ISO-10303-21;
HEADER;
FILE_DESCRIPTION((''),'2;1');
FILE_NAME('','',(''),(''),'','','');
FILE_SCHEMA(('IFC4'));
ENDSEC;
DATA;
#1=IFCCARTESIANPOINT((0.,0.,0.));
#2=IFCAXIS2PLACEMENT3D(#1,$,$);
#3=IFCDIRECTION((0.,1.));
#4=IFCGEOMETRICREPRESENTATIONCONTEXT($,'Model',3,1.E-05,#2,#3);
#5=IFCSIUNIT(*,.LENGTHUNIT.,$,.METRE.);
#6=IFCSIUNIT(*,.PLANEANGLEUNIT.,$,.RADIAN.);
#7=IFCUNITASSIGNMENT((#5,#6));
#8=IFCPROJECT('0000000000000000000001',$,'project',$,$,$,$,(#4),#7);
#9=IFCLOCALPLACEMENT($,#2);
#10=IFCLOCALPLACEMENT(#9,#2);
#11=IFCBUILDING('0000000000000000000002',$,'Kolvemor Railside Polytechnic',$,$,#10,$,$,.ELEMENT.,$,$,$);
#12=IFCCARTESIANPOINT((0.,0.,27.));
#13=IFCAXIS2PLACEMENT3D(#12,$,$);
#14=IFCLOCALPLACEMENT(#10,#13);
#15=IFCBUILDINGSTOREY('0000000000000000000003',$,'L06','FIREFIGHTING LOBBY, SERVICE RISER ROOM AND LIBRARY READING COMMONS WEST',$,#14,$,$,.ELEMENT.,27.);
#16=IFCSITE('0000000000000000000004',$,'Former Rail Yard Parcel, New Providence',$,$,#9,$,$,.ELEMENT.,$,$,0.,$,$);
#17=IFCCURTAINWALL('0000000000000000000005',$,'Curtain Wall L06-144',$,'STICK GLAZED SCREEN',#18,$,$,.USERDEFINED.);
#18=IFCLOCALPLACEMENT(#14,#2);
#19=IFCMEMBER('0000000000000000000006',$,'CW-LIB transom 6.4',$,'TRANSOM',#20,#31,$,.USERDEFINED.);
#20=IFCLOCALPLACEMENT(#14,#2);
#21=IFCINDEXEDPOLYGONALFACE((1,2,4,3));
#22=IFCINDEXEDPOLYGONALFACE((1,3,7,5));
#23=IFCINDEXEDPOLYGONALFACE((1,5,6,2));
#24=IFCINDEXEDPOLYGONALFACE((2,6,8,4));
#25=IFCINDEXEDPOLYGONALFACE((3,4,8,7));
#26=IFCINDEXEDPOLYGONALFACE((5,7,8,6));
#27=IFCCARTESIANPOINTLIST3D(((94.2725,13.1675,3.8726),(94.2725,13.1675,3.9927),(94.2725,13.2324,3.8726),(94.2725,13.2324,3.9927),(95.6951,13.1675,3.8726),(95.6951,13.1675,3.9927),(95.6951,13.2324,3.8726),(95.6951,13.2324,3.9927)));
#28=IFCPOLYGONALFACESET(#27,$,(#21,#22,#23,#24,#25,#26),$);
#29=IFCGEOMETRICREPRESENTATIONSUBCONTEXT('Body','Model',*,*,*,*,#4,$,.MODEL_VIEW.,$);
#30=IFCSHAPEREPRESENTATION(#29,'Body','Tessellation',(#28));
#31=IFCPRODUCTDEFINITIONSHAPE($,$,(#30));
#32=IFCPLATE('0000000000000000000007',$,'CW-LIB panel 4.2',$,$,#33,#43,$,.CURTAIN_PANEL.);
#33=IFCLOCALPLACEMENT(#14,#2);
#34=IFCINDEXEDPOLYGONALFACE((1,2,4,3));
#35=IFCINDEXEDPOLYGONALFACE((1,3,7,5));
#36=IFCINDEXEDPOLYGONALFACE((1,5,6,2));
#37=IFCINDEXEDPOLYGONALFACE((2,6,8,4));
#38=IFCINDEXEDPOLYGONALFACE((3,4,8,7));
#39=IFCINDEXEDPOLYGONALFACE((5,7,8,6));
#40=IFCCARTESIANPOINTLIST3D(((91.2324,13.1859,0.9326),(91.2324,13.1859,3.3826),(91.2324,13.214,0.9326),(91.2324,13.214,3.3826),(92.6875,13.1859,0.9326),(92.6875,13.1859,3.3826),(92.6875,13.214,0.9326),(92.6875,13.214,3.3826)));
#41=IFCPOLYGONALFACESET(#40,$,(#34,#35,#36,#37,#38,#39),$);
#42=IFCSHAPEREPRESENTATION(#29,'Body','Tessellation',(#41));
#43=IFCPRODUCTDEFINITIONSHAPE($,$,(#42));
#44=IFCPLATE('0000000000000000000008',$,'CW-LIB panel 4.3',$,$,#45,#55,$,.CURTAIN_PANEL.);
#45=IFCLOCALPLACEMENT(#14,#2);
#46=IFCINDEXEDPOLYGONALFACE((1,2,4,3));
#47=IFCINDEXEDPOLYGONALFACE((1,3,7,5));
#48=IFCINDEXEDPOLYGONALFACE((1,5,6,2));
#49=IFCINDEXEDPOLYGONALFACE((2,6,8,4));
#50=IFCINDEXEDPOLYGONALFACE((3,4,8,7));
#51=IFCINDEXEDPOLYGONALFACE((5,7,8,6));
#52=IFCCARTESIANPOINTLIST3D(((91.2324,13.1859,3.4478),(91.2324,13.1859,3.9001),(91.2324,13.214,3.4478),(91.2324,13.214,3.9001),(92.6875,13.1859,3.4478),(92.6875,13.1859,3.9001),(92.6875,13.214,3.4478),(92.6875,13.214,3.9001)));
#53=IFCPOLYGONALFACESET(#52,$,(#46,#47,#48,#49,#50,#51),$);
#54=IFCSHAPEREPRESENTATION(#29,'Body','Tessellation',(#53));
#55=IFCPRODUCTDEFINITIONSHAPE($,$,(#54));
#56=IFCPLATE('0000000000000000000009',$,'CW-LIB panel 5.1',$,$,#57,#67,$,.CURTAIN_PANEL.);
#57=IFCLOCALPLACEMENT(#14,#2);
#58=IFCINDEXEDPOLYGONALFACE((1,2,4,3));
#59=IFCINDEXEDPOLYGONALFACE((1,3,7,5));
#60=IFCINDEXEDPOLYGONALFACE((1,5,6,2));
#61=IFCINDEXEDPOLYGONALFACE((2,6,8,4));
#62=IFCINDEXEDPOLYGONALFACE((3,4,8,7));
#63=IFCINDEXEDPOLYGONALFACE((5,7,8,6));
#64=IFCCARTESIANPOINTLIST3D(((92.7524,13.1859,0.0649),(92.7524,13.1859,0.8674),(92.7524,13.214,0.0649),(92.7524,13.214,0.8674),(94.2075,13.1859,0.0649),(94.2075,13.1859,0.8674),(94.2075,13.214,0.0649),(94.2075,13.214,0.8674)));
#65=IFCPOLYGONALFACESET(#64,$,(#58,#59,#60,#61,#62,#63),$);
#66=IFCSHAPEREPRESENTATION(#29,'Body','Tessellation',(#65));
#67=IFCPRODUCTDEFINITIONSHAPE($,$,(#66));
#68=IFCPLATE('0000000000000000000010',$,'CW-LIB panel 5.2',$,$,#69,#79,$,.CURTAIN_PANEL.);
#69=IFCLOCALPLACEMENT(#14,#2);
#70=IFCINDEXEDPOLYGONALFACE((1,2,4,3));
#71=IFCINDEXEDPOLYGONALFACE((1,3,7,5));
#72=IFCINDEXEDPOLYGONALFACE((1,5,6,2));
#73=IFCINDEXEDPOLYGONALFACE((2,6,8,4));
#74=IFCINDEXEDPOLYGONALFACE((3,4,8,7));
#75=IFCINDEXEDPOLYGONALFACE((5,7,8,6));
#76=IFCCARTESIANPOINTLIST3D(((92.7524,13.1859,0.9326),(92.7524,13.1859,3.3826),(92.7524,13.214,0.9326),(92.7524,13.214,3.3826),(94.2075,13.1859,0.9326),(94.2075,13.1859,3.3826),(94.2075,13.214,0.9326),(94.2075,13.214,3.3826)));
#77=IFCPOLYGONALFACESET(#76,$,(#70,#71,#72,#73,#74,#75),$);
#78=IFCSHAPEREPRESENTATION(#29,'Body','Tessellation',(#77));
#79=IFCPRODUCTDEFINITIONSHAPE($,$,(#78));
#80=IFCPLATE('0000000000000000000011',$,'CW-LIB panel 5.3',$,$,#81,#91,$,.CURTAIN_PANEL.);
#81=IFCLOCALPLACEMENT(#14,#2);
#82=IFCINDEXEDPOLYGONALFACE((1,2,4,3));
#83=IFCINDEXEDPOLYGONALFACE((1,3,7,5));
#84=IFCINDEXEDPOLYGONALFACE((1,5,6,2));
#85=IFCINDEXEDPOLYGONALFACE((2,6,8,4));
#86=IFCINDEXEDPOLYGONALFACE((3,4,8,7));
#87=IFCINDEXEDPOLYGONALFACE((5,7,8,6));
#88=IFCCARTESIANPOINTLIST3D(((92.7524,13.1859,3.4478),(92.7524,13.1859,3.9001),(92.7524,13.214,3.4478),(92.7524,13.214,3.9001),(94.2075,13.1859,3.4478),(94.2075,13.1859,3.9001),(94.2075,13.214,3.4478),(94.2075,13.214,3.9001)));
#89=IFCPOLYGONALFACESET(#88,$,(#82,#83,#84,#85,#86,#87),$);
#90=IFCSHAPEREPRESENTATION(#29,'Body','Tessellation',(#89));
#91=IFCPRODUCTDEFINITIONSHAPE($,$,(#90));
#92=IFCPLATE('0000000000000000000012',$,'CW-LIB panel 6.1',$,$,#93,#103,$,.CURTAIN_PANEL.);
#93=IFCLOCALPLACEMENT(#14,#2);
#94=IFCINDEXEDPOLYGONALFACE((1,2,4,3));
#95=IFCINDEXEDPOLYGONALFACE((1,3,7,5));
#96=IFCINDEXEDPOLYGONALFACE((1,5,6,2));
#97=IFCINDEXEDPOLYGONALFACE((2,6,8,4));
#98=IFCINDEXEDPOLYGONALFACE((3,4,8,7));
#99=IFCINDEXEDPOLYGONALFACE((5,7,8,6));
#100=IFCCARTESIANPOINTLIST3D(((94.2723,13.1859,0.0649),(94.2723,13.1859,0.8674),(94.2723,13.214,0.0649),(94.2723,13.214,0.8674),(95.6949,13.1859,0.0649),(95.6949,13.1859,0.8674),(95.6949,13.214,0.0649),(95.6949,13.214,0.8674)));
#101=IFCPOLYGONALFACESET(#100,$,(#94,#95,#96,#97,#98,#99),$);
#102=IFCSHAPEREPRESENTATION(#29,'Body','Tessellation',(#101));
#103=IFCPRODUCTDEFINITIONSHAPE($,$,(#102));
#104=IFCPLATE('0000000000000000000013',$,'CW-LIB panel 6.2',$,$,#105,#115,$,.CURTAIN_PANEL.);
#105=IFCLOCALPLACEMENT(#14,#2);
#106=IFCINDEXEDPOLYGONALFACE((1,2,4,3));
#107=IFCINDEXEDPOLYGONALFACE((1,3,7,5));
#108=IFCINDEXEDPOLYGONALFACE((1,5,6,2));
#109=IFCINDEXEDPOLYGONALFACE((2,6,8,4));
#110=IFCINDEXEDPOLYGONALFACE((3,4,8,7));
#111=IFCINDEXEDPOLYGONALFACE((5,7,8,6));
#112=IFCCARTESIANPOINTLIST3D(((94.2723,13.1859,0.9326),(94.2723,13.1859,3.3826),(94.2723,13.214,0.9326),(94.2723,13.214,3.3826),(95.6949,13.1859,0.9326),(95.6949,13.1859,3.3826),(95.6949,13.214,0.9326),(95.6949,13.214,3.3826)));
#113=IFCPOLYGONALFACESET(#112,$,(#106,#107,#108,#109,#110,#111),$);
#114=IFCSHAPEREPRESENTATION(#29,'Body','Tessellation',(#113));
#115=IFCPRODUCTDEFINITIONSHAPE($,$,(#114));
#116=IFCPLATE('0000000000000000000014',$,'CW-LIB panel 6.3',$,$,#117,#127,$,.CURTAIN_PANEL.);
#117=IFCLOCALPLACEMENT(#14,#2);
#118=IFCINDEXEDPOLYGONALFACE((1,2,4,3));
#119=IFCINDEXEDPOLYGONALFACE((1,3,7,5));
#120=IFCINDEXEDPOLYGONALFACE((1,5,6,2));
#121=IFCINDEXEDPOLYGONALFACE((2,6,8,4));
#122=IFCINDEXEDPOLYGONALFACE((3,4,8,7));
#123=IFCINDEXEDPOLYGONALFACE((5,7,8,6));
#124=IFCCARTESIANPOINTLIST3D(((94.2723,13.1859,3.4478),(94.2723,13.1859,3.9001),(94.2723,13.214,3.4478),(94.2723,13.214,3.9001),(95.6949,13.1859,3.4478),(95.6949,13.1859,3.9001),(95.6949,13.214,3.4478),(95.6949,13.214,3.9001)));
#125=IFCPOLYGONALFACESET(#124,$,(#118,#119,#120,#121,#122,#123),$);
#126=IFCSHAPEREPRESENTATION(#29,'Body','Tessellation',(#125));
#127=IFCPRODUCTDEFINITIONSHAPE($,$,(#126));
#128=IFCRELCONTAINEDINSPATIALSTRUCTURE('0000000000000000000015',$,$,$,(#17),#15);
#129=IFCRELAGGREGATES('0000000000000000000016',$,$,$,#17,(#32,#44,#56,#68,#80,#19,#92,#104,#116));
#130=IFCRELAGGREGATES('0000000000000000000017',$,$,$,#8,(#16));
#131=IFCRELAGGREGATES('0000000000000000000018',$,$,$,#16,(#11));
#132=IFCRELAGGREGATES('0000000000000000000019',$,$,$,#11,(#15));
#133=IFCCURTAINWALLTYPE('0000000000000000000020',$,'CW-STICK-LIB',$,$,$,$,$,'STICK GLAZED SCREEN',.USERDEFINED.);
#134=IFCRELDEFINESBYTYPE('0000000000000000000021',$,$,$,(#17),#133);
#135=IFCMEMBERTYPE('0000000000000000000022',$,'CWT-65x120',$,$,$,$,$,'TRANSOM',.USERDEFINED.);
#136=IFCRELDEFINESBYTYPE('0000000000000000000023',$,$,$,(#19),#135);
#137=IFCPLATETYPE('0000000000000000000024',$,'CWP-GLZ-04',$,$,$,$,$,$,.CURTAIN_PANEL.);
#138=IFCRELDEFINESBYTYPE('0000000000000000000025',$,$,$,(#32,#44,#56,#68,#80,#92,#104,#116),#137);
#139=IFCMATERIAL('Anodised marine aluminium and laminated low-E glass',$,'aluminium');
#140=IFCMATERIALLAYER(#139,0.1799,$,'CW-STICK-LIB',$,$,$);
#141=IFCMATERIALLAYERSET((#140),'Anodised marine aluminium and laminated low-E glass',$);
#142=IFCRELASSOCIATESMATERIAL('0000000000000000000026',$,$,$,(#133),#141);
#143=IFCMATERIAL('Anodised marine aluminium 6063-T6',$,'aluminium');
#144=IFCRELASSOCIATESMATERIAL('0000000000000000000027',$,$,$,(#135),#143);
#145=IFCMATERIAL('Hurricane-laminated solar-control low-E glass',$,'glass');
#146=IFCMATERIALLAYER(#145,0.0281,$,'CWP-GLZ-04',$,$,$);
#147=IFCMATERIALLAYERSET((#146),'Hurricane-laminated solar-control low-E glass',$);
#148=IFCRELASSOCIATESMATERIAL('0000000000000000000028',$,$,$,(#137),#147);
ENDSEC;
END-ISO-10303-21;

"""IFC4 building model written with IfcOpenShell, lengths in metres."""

from ifc_helpers import new_model, si_unit, direction, frame, origin, origin_2d, place, context, subcontext, project, spatial, rectangle, extrude, material, layer, layer_set, material_profile, profile_set, type_object, element, aggregate, save


model = new_model("IFC4")

# Units and contexts
model_context = context("Model", 3, precision=1e-05, world=origin(), true_north=direction((0.0, 1.0)))
body_context = subcontext(model_context, "Body", "Model", "MODEL_VIEW")
ifc_project = project(units=[si_unit("LENGTHUNIT", "METRE"), si_unit("PLANEANGLEUNIT", "RADIAN")], contexts=[model_context])

# Site, building, storey
site_placement = place(None, origin())
site = spatial("IfcSite", under=ifc_project, at=site_placement, Name="Former Rail Yard Parcel, New Providence", CompositionType="ELEMENT", RefElevation=0.0)
building_placement = place(site_placement, origin())
building = spatial("IfcBuilding", under=site, at=building_placement, Name="Kolvemor Railside Polytechnic", CompositionType="ELEMENT")
storey_placement = place(building_placement, frame((0.0, 0.0, 27.0)))
storey = spatial("IfcBuildingStorey", under=building, at=storey_placement, Name="L06", Description="FIREFIGHTING LOBBY, SERVICE RISER ROOM AND LIBRARY READING COMMONS WEST", CompositionType="ELEMENT", Elevation=27.0)

# Curtain wall, member, plates
ifc_material_1 = material(Name="Anodised marine aluminium and laminated low-E glass", Category="aluminium")
ifc_layer_1 = layer(ifc_material_1, 0.1799, Name="CW-STICK-LIB")
ifc_layer_set_1 = layer_set([ifc_layer_1], Name="Anodised marine aluminium and laminated low-E glass")
curtain_wall_type = type_object("IfcCurtainWallType", Name="CW-STICK-LIB", ElementType="STICK GLAZED SCREEN", PredefinedType="USERDEFINED", material=ifc_layer_set_1)
curtain_wall_placement = place(storey_placement, origin())
curtain_wall = element("IfcCurtainWall", 1, at=curtain_wall_placement, inside=storey, type_object=curtain_wall_type, Name="Curtain Wall L06-144", ObjectType="STICK GLAZED SCREEN", PredefinedType="USERDEFINED")
ifc_material_2 = material(Name="Anodised marine aluminium 6063-T6", Category="aluminium")
ifc_material_profile_1 = material_profile(ifc_material_2, rectangle(XDim=0.0649, YDim=0.1201, at=origin_2d()), Name="CW-TRN-65x120")
ifc_profile_set_1 = profile_set([ifc_material_profile_1], Name="Anodised marine aluminium 6063-T6")
member_type_1 = type_object("IfcMemberType", Name="CWT-65x120", ElementType="TRANSOM", PredefinedType="USERDEFINED", material=ifc_profile_set_1)
member_1_placement = place(storey_placement, frame((94.2725, 13.2, 3.9326), z_axis=(1.0, 0.0, 0.0), x_axis=(0.0, 1.0, 0.0)))
member_1 = element("IfcMember", 2, at=member_1_placement, type_object=member_type_1, Name="CW-LIB transom 6.4", ObjectType="TRANSOM", PredefinedType="USERDEFINED", context=body_context, shape_type="SweptSolid", body=[
    extrude(rectangle(XDim=0.0649, YDim=0.1201, at=origin_2d()), origin(), (0.0, 0.0, 1.0), 1.4226),
])
ifc_material_3 = material(Name="Hurricane-laminated solar-control low-E glass", Category="glass")
ifc_layer_2 = layer(ifc_material_3, 0.0281, Name="CWP-GLZ-04")
ifc_layer_set_2 = layer_set([ifc_layer_2], Name="Hurricane-laminated solar-control low-E glass")
plate_type = type_object("IfcPlateType", Name="CWP-GLZ-04", PredefinedType="CURTAIN_PANEL", material=ifc_layer_set_2)
plate_1_placement = place(storey_placement, frame((91.96, 13.2, 0.9326), z_axis=(0.0, 0.0, 1.0), x_axis=(1.0, 0.0, 0.0)))
plate_1 = element("IfcPlate", 3, at=plate_1_placement, type_object=plate_type, Name="CW-LIB panel 4.2", PredefinedType="CURTAIN_PANEL", context=body_context, shape_type="SweptSolid", body=[
    extrude(rectangle(XDim=1.4551, YDim=0.0281, at=origin_2d()), origin(), (0.0, 0.0, 1.0), 2.45),
])
plate_2_placement = place(storey_placement, frame((91.96, 13.2, 3.4478), z_axis=(0.0, 0.0, 1.0), x_axis=(1.0, 0.0, 0.0)))
plate_2 = element("IfcPlate", 4, at=plate_2_placement, type_object=plate_type, Name="CW-LIB panel 4.3", PredefinedType="CURTAIN_PANEL", context=body_context, shape_type="SweptSolid", body=[
    extrude(rectangle(XDim=1.4551, YDim=0.0281, at=origin_2d()), origin(), (0.0, 0.0, 1.0), 0.4524),
])
plate_3_placement = place(storey_placement, frame((93.48, 13.2, 0.0649), z_axis=(0.0, 0.0, 1.0), x_axis=(1.0, 0.0, 0.0)))
plate_3 = element("IfcPlate", 5, at=plate_3_placement, type_object=plate_type, Name="CW-LIB panel 5.1", PredefinedType="CURTAIN_PANEL", context=body_context, shape_type="SweptSolid", body=[
    extrude(rectangle(XDim=1.4551, YDim=0.0281, at=origin_2d()), origin(), (0.0, 0.0, 1.0), 0.8025),
])
plate_4_placement = place(storey_placement, frame((93.48, 13.2, 0.9326), z_axis=(0.0, 0.0, 1.0), x_axis=(1.0, 0.0, 0.0)))
plate_4 = element("IfcPlate", 6, at=plate_4_placement, type_object=plate_type, Name="CW-LIB panel 5.2", PredefinedType="CURTAIN_PANEL", context=body_context, shape_type="SweptSolid", body=[
    extrude(rectangle(XDim=1.4551, YDim=0.0281, at=origin_2d()), origin(), (0.0, 0.0, 1.0), 2.45),
])
plate_5_placement = place(storey_placement, frame((93.48, 13.2, 3.4478), z_axis=(0.0, 0.0, 1.0), x_axis=(1.0, 0.0, 0.0)))
plate_5 = element("IfcPlate", 7, at=plate_5_placement, type_object=plate_type, Name="CW-LIB panel 5.3", PredefinedType="CURTAIN_PANEL", context=body_context, shape_type="SweptSolid", body=[
    extrude(rectangle(XDim=1.4551, YDim=0.0281, at=origin_2d()), origin(), (0.0, 0.0, 1.0), 0.4524),
])
plate_6_placement = place(storey_placement, frame((94.9836, 13.2, 0.0649), z_axis=(0.0, 0.0, 1.0), x_axis=(1.0, 0.0, 0.0)))
plate_6 = element("IfcPlate", 8, at=plate_6_placement, type_object=plate_type, Name="CW-LIB panel 6.1", PredefinedType="CURTAIN_PANEL", context=body_context, shape_type="SweptSolid", body=[
    extrude(rectangle(XDim=1.4226, YDim=0.0281, at=origin_2d()), origin(), (0.0, 0.0, 1.0), 0.8025),
])
plate_7_placement = place(storey_placement, frame((94.9836, 13.2, 0.9326), z_axis=(0.0, 0.0, 1.0), x_axis=(1.0, 0.0, 0.0)))
plate_7 = element("IfcPlate", 9, at=plate_7_placement, type_object=plate_type, Name="CW-LIB panel 6.2", PredefinedType="CURTAIN_PANEL", context=body_context, shape_type="SweptSolid", body=[
    extrude(rectangle(XDim=1.4226, YDim=0.0281, at=origin_2d()), origin(), (0.0, 0.0, 1.0), 2.45),
])
plate_8_placement = place(storey_placement, frame((94.9836, 13.2, 3.4478), z_axis=(0.0, 0.0, 1.0), x_axis=(1.0, 0.0, 0.0)))
plate_8 = element("IfcPlate", 10, at=plate_8_placement, type_object=plate_type, Name="CW-LIB panel 6.3", PredefinedType="CURTAIN_PANEL", context=body_context, shape_type="SweptSolid", body=[
    extrude(rectangle(XDim=1.4226, YDim=0.0281, at=origin_2d()), origin(), (0.0, 0.0, 1.0), 0.4524),
])
aggregate(curtain_wall, [plate_1, plate_2, plate_3, plate_4, plate_5, member_1, plate_6, plate_7, plate_8])

save(model, "model.ifc")
